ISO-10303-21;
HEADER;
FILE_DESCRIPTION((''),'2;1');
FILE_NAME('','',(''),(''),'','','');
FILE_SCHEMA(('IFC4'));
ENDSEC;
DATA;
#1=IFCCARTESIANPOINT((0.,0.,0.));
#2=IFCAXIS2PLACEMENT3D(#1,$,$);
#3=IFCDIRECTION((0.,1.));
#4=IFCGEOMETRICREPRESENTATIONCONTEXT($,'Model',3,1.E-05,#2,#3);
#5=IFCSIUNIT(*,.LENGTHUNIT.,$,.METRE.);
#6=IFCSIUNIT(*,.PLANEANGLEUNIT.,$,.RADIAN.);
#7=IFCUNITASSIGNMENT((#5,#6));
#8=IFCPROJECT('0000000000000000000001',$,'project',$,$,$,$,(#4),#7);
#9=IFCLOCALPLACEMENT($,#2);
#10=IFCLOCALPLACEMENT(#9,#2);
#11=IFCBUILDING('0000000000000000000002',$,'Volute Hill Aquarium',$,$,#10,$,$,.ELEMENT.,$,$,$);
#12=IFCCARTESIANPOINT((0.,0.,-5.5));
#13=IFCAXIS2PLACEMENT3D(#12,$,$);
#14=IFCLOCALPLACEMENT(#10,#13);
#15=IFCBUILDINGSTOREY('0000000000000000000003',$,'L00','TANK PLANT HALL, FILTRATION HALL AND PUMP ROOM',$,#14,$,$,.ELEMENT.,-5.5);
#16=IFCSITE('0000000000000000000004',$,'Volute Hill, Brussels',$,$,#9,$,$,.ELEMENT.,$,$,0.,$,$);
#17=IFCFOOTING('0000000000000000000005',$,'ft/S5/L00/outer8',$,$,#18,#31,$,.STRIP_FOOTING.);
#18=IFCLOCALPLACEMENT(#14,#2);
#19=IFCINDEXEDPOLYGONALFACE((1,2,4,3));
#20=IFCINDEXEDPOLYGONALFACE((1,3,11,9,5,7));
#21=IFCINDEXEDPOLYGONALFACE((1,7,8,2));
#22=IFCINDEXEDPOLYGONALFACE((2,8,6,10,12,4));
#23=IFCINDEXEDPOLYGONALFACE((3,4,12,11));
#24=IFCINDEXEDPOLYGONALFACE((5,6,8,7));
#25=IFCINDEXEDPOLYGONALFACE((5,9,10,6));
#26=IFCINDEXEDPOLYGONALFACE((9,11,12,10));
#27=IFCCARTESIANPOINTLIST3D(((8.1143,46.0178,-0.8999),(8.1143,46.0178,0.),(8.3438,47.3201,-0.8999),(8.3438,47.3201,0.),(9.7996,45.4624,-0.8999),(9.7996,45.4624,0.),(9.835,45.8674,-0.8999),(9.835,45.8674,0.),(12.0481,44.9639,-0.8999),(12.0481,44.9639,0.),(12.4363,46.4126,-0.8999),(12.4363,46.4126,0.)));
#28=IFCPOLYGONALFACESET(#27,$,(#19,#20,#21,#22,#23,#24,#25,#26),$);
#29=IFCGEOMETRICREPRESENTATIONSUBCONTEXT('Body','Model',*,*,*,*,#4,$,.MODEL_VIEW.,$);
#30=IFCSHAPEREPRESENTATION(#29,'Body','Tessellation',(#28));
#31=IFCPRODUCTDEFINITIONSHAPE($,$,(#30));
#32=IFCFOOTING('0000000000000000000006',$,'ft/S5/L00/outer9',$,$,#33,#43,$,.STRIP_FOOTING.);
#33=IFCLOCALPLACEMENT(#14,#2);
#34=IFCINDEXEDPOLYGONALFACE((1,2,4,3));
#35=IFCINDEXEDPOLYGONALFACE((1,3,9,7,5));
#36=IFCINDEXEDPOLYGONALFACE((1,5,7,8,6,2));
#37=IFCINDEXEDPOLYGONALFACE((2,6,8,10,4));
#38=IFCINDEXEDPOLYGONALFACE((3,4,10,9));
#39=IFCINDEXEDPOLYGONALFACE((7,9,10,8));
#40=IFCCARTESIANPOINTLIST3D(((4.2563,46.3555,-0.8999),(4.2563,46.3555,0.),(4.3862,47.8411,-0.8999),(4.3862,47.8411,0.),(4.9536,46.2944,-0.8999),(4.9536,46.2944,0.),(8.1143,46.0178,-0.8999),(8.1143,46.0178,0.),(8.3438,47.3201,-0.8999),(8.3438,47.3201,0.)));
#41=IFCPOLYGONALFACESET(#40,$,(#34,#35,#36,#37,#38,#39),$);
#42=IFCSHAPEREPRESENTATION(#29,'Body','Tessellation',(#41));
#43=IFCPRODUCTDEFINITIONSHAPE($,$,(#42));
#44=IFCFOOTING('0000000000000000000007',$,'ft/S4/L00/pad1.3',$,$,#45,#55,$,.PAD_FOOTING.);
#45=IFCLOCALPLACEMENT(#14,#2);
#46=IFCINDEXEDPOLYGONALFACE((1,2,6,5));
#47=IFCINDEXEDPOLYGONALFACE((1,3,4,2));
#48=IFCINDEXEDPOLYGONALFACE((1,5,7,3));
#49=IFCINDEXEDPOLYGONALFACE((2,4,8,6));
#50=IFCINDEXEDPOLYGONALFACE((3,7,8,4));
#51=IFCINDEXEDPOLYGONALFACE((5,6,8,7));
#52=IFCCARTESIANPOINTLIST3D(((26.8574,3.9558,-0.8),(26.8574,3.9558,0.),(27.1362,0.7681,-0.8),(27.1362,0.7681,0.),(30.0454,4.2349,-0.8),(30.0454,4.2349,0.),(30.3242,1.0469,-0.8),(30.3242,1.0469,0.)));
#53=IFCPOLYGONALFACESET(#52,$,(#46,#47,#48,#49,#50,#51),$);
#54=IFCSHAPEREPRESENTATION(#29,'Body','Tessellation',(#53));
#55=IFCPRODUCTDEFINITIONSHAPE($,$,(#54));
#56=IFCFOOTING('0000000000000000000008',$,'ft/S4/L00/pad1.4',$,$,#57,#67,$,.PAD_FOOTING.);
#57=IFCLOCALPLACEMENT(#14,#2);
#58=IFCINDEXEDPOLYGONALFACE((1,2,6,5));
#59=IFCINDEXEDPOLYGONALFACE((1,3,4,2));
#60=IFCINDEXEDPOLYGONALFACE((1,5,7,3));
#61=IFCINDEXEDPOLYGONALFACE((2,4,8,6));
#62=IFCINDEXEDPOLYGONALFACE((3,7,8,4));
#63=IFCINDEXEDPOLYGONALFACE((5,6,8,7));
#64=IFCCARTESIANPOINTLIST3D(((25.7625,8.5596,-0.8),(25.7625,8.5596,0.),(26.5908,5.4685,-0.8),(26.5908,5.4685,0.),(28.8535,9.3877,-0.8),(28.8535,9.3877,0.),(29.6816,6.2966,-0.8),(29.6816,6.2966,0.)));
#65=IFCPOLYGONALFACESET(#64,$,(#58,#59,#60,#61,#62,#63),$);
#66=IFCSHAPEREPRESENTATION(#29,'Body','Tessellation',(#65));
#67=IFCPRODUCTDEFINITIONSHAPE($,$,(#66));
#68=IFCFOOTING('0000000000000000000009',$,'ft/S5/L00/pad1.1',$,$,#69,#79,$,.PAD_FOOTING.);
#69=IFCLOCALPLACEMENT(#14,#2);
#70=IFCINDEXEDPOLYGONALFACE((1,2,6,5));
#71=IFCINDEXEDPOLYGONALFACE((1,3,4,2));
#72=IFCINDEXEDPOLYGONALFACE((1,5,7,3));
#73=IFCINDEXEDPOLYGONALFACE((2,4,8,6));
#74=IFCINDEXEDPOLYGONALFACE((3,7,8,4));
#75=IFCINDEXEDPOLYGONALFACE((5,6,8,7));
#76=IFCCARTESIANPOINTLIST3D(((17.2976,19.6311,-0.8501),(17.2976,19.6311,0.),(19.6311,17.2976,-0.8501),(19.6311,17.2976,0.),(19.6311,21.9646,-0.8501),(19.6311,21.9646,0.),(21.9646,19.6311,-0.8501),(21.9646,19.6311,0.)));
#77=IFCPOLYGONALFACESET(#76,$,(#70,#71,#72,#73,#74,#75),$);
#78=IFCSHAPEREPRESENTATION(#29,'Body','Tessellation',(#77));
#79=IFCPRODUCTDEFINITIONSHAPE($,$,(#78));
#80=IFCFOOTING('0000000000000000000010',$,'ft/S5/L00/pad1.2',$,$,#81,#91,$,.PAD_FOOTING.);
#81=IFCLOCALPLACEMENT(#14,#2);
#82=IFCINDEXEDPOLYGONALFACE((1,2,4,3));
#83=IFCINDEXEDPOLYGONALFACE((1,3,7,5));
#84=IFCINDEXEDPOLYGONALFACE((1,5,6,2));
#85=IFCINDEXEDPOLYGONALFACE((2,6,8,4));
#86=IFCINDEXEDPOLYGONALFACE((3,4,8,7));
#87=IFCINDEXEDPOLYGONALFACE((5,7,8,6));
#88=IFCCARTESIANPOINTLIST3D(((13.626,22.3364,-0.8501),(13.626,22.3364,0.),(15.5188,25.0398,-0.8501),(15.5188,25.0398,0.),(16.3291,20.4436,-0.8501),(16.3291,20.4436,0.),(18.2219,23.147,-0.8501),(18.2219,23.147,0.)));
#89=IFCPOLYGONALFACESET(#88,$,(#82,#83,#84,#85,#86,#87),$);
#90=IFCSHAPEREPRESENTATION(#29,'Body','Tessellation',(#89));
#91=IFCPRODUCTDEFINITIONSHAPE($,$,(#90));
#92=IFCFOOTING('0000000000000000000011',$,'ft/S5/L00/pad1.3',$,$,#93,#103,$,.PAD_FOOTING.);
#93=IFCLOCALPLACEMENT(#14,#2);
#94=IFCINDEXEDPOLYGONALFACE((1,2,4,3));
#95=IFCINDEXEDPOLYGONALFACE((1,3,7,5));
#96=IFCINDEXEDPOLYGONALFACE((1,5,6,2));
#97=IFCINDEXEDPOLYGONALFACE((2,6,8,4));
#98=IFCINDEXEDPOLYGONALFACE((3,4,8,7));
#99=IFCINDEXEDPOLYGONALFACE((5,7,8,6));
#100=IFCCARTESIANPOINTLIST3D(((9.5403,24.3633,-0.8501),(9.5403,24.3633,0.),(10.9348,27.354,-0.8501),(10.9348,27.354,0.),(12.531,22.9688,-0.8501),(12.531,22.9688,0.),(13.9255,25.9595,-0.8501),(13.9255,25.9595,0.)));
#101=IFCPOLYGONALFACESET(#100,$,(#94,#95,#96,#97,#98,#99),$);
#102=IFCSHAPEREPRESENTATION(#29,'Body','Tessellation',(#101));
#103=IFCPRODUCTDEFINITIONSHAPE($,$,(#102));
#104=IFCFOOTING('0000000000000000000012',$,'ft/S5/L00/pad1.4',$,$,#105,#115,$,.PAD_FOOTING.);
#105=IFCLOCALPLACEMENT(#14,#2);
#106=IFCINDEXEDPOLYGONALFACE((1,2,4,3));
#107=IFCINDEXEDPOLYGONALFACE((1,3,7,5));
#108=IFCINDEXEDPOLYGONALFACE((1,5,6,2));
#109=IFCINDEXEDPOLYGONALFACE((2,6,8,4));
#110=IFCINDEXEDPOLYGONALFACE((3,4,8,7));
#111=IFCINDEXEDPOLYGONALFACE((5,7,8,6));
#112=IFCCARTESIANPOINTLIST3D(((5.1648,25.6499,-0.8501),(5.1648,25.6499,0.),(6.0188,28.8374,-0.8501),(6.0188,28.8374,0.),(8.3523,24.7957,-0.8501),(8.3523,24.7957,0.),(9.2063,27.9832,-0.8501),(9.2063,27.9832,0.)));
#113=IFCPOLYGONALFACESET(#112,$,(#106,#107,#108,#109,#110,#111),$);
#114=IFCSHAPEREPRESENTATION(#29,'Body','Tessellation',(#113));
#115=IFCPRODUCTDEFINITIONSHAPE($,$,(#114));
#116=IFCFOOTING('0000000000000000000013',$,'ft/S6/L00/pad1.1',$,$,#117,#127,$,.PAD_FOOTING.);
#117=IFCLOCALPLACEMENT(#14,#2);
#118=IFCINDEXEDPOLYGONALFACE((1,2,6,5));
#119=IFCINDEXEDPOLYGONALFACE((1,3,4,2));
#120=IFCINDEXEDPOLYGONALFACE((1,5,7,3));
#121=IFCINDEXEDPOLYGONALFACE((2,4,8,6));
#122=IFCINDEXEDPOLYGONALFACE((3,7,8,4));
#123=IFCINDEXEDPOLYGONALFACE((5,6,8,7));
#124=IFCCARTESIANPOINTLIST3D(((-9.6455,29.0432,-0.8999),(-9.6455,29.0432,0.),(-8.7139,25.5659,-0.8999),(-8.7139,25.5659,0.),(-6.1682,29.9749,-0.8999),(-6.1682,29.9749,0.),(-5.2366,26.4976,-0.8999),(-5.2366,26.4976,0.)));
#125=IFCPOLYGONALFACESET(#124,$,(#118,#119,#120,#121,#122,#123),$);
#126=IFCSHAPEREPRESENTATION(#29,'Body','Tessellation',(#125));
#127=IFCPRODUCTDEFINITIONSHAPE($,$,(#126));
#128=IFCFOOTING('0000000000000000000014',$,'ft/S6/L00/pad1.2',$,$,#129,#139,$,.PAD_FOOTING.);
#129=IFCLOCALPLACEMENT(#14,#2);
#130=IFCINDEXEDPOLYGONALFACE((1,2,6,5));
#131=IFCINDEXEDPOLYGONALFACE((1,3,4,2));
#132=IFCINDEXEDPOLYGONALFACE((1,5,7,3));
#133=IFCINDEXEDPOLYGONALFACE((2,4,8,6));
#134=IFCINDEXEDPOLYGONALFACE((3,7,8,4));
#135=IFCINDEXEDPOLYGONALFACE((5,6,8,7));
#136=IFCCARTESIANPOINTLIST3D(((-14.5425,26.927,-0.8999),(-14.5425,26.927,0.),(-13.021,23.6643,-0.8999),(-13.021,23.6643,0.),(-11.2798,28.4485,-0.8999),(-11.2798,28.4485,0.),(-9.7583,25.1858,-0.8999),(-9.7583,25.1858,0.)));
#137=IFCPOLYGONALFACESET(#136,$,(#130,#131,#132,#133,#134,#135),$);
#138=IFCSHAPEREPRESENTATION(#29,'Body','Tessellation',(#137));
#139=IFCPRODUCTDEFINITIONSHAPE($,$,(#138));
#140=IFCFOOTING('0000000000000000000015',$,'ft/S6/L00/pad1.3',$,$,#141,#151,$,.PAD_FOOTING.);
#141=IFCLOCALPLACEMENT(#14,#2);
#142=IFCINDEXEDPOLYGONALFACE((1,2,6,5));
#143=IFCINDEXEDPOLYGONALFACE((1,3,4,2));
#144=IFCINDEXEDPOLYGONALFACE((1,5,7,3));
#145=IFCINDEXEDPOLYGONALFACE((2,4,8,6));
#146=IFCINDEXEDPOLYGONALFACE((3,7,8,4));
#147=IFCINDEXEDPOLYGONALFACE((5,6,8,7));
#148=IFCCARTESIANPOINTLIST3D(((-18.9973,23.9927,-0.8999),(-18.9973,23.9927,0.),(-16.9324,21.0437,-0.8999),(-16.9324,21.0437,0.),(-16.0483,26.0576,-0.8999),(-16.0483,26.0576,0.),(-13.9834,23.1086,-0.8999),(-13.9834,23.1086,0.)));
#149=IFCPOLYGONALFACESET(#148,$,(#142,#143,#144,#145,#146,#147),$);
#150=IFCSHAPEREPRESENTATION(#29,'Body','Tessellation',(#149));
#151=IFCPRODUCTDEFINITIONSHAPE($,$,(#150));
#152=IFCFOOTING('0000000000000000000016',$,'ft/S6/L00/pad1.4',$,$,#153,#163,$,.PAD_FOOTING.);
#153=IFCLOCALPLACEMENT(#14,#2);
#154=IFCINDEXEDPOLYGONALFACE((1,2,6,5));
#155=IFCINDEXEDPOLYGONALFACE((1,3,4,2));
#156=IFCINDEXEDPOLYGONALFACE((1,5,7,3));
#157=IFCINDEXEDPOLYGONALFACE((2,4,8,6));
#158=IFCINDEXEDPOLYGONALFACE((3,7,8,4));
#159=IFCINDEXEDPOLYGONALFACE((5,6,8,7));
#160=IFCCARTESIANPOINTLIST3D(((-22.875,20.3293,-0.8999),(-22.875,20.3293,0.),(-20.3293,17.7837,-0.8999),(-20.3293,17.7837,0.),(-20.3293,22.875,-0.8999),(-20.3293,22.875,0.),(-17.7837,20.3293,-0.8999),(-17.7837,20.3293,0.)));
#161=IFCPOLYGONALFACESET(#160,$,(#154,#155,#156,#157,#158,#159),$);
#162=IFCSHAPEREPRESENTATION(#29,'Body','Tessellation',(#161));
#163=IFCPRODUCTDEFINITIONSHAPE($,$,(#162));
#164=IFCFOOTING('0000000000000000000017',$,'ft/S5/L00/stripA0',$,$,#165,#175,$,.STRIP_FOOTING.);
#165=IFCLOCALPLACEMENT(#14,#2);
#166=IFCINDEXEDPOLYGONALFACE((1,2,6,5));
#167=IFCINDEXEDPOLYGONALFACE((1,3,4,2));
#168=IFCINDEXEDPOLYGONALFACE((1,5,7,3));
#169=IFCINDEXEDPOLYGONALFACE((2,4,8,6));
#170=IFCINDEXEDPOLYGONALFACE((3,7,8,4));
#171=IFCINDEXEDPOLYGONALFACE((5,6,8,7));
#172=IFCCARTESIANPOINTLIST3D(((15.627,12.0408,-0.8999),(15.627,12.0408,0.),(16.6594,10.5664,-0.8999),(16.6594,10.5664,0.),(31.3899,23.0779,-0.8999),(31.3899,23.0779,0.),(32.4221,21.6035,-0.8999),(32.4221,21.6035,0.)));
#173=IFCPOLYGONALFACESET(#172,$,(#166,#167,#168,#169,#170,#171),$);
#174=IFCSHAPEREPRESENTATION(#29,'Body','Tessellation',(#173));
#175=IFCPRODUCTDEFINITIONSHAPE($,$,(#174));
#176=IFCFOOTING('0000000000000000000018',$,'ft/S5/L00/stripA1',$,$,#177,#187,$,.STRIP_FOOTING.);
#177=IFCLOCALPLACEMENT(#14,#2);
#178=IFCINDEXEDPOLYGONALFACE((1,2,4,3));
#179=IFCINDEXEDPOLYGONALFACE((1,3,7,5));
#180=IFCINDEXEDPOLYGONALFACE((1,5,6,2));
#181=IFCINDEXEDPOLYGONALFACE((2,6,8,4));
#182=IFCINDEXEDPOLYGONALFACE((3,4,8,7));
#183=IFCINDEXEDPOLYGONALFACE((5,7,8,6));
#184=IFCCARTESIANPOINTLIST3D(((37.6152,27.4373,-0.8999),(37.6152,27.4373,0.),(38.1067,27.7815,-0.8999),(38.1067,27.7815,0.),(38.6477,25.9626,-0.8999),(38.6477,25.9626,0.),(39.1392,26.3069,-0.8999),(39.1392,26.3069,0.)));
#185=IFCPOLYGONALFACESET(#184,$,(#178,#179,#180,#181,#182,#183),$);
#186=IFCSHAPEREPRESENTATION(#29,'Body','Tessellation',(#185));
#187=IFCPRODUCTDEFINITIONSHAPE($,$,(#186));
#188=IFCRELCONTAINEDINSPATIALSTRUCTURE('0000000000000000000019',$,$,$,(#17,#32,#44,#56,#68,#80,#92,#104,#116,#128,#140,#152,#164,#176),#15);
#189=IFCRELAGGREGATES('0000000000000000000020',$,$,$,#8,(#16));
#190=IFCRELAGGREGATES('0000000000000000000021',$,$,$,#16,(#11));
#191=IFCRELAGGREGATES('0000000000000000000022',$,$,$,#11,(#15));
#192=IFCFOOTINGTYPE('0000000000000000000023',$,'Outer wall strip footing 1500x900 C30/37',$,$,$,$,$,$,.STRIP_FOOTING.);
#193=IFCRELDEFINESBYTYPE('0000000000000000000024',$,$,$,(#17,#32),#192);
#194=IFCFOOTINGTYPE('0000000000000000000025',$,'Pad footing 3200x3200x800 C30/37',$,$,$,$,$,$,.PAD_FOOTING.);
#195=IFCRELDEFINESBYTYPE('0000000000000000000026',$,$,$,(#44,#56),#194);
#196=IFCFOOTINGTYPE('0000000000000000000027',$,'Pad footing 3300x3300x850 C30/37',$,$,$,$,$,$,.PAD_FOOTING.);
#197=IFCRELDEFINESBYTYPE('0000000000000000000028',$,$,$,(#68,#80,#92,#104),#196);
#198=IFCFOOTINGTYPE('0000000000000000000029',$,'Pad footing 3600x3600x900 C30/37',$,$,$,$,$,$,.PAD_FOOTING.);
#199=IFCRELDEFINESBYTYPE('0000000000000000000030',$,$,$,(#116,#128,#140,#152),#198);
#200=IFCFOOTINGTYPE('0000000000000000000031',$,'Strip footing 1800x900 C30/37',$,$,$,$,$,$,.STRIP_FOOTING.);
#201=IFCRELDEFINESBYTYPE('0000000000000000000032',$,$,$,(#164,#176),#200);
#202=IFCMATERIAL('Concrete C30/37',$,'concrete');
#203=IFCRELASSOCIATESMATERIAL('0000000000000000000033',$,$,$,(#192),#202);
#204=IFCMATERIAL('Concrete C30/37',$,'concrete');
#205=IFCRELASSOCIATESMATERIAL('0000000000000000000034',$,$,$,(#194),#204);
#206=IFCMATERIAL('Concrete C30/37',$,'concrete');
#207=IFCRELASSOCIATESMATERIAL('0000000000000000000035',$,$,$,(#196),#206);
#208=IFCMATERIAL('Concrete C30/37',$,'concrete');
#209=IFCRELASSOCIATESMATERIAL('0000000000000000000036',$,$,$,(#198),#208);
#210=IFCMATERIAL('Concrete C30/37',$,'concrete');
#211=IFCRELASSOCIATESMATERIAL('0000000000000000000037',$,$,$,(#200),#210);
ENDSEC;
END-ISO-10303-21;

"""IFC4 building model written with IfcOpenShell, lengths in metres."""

from ifc_helpers import new_model, si_unit, direction, frame, origin, place, context, subcontext, project, spatial, polyline, outline, extrude, material, type_object, element, save


model = new_model("IFC4")

# Units and contexts
model_context = context("Model", 3, precision=1e-05, world=origin(), true_north=direction((0.0, 1.0)))
body_context = subcontext(model_context, "Body", "Model", "MODEL_VIEW")
ifc_project = project(units=[si_unit("LENGTHUNIT", "METRE"), si_unit("PLANEANGLEUNIT", "RADIAN")], contexts=[model_context])

# Site, building, storey
site_placement = place(None, origin())
site = spatial("IfcSite", under=ifc_project, at=site_placement, Name="Volute Hill, Brussels", CompositionType="ELEMENT", RefElevation=0.0)
building_placement = place(site_placement, origin())
building = spatial("IfcBuilding", under=site, at=building_placement, Name="Volute Hill Aquarium", CompositionType="ELEMENT")
storey_placement = place(building_placement, frame((0.0, 0.0, -5.5)))
storey = spatial("IfcBuildingStorey", under=building, at=storey_placement, Name="L00", Description="TANK PLANT HALL, FILTRATION HALL AND PUMP ROOM", CompositionType="ELEMENT", Elevation=-5.5)

# Footings
ifc_material_1 = material(Name="Concrete C30/37", Category="concrete")
footing_type_1 = type_object("IfcFootingType", Name="Outer wall strip footing 1500x900 C30/37", PredefinedType="STRIP_FOOTING", material=ifc_material_1)
footing_1_placement = place(storey_placement, frame((0.0, 0.0, -0.8999)))
element("IfcFooting", 1, at=footing_1_placement, inside=storey, type_object=footing_type_1, Name="ft/S5/L00/outer8", PredefinedType="STRIP_FOOTING", context=body_context, shape_type="SweptSolid", body=[
    extrude(outline(polyline([(8.3438, 47.3201), (12.4363, 46.4126), (12.0481, 44.9639), (9.7996, 45.4624), (9.835, 45.8674), (8.1143, 46.0178), (8.3438, 47.3201)])), origin(), (0.0, 0.0, 1.0), 0.8999),
])
footing_2_placement = place(storey_placement, frame((0.0, 0.0, -0.8999)))
element("IfcFooting", 2, at=footing_2_placement, inside=storey, type_object=footing_type_1, Name="ft/S5/L00/outer9", PredefinedType="STRIP_FOOTING", context=body_context, shape_type="SweptSolid", body=[
    extrude(outline(polyline([(8.1143, 46.0178), (4.9536, 46.2944), (4.9536, 46.2944), (4.2563, 46.3555), (4.3862, 47.8411), (8.3438, 47.3201), (8.1143, 46.0178)])), origin(), (0.0, 0.0, 1.0), 0.8999),
])
ifc_material_2 = material(Name="Concrete C30/37", Category="concrete")
footing_type_2 = type_object("IfcFootingType", Name="Pad footing 3200x3200x800 C30/37", PredefinedType="PAD_FOOTING", material=ifc_material_2)
footing_3_placement = place(storey_placement, frame((0.0, 0.0, -0.8)))
element("IfcFooting", 3, at=footing_3_placement, inside=storey, type_object=footing_type_2, Name="ft/S4/L00/pad1.3", PredefinedType="PAD_FOOTING", context=body_context, shape_type="SweptSolid", body=[
    extrude(outline(polyline([(27.1362, 0.7681), (30.3242, 1.0469), (30.0454, 4.2349), (26.8574, 3.9558), (27.1362, 0.7681)])), origin(), (0.0, 0.0, 1.0), 0.8),
])
footing_4_placement = place(storey_placement, frame((0.0, 0.0, -0.8)))
element("IfcFooting", 4, at=footing_4_placement, inside=storey, type_object=footing_type_2, Name="ft/S4/L00/pad1.4", PredefinedType="PAD_FOOTING", context=body_context, shape_type="SweptSolid", body=[
    extrude(outline(polyline([(26.5908, 5.4685), (29.6816, 6.2966), (28.8535, 9.3877), (25.7625, 8.5596), (26.5908, 5.4685)])), origin(), (0.0, 0.0, 1.0), 0.8),
])
ifc_material_3 = material(Name="Concrete C30/37", Category="concrete")
footing_type_3 = type_object("IfcFootingType", Name="Pad footing 3300x3300x850 C30/37", PredefinedType="PAD_FOOTING", material=ifc_material_3)
footing_5_placement = place(storey_placement, frame((0.0, 0.0, -0.8501)))
element("IfcFooting", 5, at=footing_5_placement, inside=storey, type_object=footing_type_3, Name="ft/S5/L00/pad1.1", PredefinedType="PAD_FOOTING", context=body_context, shape_type="SweptSolid", body=[
    extrude(outline(polyline([(19.6311, 17.2976), (21.9646, 19.6311), (19.6311, 21.9646), (17.2976, 19.6311), (19.6311, 17.2976)])), origin(), (0.0, 0.0, 1.0), 0.8501),
])
footing_6_placement = place(storey_placement, frame((0.0, 0.0, -0.8501)))
element("IfcFooting", 6, at=footing_6_placement, inside=storey, type_object=footing_type_3, Name="ft/S5/L00/pad1.2", PredefinedType="PAD_FOOTING", context=body_context, shape_type="SweptSolid", body=[
    extrude(outline(polyline([(16.3291, 20.4436), (18.2219, 23.147), (15.5188, 25.0398), (13.626, 22.3364), (16.3291, 20.4436)])), origin(), (0.0, 0.0, 1.0), 0.8501),
])
footing_7_placement = place(storey_placement, frame((0.0, 0.0, -0.8501)))
element("IfcFooting", 7, at=footing_7_placement, inside=storey, type_object=footing_type_3, Name="ft/S5/L00/pad1.3", PredefinedType="PAD_FOOTING", context=body_context, shape_type="SweptSolid", body=[
    extrude(outline(polyline([(12.531, 22.9688), (13.9255, 25.9595), (10.9348, 27.354), (9.5403, 24.3633), (12.531, 22.9688)])), origin(), (0.0, 0.0, 1.0), 0.8501),
])
footing_8_placement = place(storey_placement, frame((0.0, 0.0, -0.8501)))
element("IfcFooting", 8, at=footing_8_placement, inside=storey, type_object=footing_type_3, Name="ft/S5/L00/pad1.4", PredefinedType="PAD_FOOTING", context=body_context, shape_type="SweptSolid", body=[
    extrude(outline(polyline([(8.3523, 24.7957), (9.2063, 27.9832), (6.0188, 28.8374), (5.1648, 25.6499), (8.3523, 24.7957)])), origin(), (0.0, 0.0, 1.0), 0.8501),
])
ifc_material_4 = material(Name="Concrete C30/37", Category="concrete")
footing_type_4 = type_object("IfcFootingType", Name="Pad footing 3600x3600x900 C30/37", PredefinedType="PAD_FOOTING", material=ifc_material_4)
footing_9_placement = place(storey_placement, frame((0.0, 0.0, -0.8999)))
element("IfcFooting", 9, at=footing_9_placement, inside=storey, type_object=footing_type_4, Name="ft/S6/L00/pad1.1", PredefinedType="PAD_FOOTING", context=body_context, shape_type="SweptSolid", body=[
    extrude(outline(polyline([(-5.2366, 26.4976), (-6.1682, 29.9749), (-9.6455, 29.0432), (-8.7139, 25.5659), (-5.2366, 26.4976)])), origin(), (0.0, 0.0, 1.0), 0.8999),
])
footing_10_placement = place(storey_placement, frame((0.0, 0.0, -0.8999)))
element("IfcFooting", 10, at=footing_10_placement, inside=storey, type_object=footing_type_4, Name="ft/S6/L00/pad1.2", PredefinedType="PAD_FOOTING", context=body_context, shape_type="SweptSolid", body=[
    extrude(outline(polyline([(-9.7583, 25.1858), (-11.2798, 28.4485), (-14.5425, 26.927), (-13.021, 23.6643), (-9.7583, 25.1858)])), origin(), (0.0, 0.0, 1.0), 0.8999),
])
footing_11_placement = place(storey_placement, frame((0.0, 0.0, -0.8999)))
element("IfcFooting", 11, at=footing_11_placement, inside=storey, type_object=footing_type_4, Name="ft/S6/L00/pad1.3", PredefinedType="PAD_FOOTING", context=body_context, shape_type="SweptSolid", body=[
    extrude(outline(polyline([(-13.9834, 23.1086), (-16.0483, 26.0576), (-18.9973, 23.9927), (-16.9324, 21.0437), (-13.9834, 23.1086)])), origin(), (0.0, 0.0, 1.0), 0.8999),
])
footing_12_placement = place(storey_placement, frame((0.0, 0.0, -0.8999)))
element("IfcFooting", 12, at=footing_12_placement, inside=storey, type_object=footing_type_4, Name="ft/S6/L00/pad1.4", PredefinedType="PAD_FOOTING", context=body_context, shape_type="SweptSolid", body=[
    extrude(outline(polyline([(-17.7837, 20.3293), (-20.3293, 22.875), (-22.875, 20.3293), (-20.3293, 17.7837), (-17.7837, 20.3293)])), origin(), (0.0, 0.0, 1.0), 0.8999),
])
ifc_material_5 = material(Name="Concrete C30/37", Category="concrete")
footing_type_5 = type_object("IfcFootingType", Name="Strip footing 1800x900 C30/37", PredefinedType="STRIP_FOOTING", material=ifc_material_5)
footing_13_placement = place(storey_placement, frame((0.0, 0.0, -0.8999)))
element("IfcFooting", 13, at=footing_13_placement, inside=storey, type_object=footing_type_5, Name="ft/S5/L00/stripA0", PredefinedType="STRIP_FOOTING", context=body_context, shape_type="SweptSolid", body=[
    extrude(outline(polyline([(31.3899, 23.0779), (32.4221, 21.6035), (16.6594, 10.5664), (15.627, 12.0408), (31.3899, 23.0779)])), origin(), (0.0, 0.0, 1.0), 0.8999),
])
footing_14_placement = place(storey_placement, frame((0.0, 0.0, -0.8999)))
element("IfcFooting", 14, at=footing_14_placement, inside=storey, type_object=footing_type_5, Name="ft/S5/L00/stripA1", PredefinedType="STRIP_FOOTING", context=body_context, shape_type="SweptSolid", body=[
    extrude(outline(polyline([(38.1067, 27.7815), (39.1392, 26.3069), (38.6477, 25.9626), (37.6152, 27.4373), (38.1067, 27.7815)])), origin(), (0.0, 0.0, 1.0), 0.8999),
])

save(model, "model.ifc")
